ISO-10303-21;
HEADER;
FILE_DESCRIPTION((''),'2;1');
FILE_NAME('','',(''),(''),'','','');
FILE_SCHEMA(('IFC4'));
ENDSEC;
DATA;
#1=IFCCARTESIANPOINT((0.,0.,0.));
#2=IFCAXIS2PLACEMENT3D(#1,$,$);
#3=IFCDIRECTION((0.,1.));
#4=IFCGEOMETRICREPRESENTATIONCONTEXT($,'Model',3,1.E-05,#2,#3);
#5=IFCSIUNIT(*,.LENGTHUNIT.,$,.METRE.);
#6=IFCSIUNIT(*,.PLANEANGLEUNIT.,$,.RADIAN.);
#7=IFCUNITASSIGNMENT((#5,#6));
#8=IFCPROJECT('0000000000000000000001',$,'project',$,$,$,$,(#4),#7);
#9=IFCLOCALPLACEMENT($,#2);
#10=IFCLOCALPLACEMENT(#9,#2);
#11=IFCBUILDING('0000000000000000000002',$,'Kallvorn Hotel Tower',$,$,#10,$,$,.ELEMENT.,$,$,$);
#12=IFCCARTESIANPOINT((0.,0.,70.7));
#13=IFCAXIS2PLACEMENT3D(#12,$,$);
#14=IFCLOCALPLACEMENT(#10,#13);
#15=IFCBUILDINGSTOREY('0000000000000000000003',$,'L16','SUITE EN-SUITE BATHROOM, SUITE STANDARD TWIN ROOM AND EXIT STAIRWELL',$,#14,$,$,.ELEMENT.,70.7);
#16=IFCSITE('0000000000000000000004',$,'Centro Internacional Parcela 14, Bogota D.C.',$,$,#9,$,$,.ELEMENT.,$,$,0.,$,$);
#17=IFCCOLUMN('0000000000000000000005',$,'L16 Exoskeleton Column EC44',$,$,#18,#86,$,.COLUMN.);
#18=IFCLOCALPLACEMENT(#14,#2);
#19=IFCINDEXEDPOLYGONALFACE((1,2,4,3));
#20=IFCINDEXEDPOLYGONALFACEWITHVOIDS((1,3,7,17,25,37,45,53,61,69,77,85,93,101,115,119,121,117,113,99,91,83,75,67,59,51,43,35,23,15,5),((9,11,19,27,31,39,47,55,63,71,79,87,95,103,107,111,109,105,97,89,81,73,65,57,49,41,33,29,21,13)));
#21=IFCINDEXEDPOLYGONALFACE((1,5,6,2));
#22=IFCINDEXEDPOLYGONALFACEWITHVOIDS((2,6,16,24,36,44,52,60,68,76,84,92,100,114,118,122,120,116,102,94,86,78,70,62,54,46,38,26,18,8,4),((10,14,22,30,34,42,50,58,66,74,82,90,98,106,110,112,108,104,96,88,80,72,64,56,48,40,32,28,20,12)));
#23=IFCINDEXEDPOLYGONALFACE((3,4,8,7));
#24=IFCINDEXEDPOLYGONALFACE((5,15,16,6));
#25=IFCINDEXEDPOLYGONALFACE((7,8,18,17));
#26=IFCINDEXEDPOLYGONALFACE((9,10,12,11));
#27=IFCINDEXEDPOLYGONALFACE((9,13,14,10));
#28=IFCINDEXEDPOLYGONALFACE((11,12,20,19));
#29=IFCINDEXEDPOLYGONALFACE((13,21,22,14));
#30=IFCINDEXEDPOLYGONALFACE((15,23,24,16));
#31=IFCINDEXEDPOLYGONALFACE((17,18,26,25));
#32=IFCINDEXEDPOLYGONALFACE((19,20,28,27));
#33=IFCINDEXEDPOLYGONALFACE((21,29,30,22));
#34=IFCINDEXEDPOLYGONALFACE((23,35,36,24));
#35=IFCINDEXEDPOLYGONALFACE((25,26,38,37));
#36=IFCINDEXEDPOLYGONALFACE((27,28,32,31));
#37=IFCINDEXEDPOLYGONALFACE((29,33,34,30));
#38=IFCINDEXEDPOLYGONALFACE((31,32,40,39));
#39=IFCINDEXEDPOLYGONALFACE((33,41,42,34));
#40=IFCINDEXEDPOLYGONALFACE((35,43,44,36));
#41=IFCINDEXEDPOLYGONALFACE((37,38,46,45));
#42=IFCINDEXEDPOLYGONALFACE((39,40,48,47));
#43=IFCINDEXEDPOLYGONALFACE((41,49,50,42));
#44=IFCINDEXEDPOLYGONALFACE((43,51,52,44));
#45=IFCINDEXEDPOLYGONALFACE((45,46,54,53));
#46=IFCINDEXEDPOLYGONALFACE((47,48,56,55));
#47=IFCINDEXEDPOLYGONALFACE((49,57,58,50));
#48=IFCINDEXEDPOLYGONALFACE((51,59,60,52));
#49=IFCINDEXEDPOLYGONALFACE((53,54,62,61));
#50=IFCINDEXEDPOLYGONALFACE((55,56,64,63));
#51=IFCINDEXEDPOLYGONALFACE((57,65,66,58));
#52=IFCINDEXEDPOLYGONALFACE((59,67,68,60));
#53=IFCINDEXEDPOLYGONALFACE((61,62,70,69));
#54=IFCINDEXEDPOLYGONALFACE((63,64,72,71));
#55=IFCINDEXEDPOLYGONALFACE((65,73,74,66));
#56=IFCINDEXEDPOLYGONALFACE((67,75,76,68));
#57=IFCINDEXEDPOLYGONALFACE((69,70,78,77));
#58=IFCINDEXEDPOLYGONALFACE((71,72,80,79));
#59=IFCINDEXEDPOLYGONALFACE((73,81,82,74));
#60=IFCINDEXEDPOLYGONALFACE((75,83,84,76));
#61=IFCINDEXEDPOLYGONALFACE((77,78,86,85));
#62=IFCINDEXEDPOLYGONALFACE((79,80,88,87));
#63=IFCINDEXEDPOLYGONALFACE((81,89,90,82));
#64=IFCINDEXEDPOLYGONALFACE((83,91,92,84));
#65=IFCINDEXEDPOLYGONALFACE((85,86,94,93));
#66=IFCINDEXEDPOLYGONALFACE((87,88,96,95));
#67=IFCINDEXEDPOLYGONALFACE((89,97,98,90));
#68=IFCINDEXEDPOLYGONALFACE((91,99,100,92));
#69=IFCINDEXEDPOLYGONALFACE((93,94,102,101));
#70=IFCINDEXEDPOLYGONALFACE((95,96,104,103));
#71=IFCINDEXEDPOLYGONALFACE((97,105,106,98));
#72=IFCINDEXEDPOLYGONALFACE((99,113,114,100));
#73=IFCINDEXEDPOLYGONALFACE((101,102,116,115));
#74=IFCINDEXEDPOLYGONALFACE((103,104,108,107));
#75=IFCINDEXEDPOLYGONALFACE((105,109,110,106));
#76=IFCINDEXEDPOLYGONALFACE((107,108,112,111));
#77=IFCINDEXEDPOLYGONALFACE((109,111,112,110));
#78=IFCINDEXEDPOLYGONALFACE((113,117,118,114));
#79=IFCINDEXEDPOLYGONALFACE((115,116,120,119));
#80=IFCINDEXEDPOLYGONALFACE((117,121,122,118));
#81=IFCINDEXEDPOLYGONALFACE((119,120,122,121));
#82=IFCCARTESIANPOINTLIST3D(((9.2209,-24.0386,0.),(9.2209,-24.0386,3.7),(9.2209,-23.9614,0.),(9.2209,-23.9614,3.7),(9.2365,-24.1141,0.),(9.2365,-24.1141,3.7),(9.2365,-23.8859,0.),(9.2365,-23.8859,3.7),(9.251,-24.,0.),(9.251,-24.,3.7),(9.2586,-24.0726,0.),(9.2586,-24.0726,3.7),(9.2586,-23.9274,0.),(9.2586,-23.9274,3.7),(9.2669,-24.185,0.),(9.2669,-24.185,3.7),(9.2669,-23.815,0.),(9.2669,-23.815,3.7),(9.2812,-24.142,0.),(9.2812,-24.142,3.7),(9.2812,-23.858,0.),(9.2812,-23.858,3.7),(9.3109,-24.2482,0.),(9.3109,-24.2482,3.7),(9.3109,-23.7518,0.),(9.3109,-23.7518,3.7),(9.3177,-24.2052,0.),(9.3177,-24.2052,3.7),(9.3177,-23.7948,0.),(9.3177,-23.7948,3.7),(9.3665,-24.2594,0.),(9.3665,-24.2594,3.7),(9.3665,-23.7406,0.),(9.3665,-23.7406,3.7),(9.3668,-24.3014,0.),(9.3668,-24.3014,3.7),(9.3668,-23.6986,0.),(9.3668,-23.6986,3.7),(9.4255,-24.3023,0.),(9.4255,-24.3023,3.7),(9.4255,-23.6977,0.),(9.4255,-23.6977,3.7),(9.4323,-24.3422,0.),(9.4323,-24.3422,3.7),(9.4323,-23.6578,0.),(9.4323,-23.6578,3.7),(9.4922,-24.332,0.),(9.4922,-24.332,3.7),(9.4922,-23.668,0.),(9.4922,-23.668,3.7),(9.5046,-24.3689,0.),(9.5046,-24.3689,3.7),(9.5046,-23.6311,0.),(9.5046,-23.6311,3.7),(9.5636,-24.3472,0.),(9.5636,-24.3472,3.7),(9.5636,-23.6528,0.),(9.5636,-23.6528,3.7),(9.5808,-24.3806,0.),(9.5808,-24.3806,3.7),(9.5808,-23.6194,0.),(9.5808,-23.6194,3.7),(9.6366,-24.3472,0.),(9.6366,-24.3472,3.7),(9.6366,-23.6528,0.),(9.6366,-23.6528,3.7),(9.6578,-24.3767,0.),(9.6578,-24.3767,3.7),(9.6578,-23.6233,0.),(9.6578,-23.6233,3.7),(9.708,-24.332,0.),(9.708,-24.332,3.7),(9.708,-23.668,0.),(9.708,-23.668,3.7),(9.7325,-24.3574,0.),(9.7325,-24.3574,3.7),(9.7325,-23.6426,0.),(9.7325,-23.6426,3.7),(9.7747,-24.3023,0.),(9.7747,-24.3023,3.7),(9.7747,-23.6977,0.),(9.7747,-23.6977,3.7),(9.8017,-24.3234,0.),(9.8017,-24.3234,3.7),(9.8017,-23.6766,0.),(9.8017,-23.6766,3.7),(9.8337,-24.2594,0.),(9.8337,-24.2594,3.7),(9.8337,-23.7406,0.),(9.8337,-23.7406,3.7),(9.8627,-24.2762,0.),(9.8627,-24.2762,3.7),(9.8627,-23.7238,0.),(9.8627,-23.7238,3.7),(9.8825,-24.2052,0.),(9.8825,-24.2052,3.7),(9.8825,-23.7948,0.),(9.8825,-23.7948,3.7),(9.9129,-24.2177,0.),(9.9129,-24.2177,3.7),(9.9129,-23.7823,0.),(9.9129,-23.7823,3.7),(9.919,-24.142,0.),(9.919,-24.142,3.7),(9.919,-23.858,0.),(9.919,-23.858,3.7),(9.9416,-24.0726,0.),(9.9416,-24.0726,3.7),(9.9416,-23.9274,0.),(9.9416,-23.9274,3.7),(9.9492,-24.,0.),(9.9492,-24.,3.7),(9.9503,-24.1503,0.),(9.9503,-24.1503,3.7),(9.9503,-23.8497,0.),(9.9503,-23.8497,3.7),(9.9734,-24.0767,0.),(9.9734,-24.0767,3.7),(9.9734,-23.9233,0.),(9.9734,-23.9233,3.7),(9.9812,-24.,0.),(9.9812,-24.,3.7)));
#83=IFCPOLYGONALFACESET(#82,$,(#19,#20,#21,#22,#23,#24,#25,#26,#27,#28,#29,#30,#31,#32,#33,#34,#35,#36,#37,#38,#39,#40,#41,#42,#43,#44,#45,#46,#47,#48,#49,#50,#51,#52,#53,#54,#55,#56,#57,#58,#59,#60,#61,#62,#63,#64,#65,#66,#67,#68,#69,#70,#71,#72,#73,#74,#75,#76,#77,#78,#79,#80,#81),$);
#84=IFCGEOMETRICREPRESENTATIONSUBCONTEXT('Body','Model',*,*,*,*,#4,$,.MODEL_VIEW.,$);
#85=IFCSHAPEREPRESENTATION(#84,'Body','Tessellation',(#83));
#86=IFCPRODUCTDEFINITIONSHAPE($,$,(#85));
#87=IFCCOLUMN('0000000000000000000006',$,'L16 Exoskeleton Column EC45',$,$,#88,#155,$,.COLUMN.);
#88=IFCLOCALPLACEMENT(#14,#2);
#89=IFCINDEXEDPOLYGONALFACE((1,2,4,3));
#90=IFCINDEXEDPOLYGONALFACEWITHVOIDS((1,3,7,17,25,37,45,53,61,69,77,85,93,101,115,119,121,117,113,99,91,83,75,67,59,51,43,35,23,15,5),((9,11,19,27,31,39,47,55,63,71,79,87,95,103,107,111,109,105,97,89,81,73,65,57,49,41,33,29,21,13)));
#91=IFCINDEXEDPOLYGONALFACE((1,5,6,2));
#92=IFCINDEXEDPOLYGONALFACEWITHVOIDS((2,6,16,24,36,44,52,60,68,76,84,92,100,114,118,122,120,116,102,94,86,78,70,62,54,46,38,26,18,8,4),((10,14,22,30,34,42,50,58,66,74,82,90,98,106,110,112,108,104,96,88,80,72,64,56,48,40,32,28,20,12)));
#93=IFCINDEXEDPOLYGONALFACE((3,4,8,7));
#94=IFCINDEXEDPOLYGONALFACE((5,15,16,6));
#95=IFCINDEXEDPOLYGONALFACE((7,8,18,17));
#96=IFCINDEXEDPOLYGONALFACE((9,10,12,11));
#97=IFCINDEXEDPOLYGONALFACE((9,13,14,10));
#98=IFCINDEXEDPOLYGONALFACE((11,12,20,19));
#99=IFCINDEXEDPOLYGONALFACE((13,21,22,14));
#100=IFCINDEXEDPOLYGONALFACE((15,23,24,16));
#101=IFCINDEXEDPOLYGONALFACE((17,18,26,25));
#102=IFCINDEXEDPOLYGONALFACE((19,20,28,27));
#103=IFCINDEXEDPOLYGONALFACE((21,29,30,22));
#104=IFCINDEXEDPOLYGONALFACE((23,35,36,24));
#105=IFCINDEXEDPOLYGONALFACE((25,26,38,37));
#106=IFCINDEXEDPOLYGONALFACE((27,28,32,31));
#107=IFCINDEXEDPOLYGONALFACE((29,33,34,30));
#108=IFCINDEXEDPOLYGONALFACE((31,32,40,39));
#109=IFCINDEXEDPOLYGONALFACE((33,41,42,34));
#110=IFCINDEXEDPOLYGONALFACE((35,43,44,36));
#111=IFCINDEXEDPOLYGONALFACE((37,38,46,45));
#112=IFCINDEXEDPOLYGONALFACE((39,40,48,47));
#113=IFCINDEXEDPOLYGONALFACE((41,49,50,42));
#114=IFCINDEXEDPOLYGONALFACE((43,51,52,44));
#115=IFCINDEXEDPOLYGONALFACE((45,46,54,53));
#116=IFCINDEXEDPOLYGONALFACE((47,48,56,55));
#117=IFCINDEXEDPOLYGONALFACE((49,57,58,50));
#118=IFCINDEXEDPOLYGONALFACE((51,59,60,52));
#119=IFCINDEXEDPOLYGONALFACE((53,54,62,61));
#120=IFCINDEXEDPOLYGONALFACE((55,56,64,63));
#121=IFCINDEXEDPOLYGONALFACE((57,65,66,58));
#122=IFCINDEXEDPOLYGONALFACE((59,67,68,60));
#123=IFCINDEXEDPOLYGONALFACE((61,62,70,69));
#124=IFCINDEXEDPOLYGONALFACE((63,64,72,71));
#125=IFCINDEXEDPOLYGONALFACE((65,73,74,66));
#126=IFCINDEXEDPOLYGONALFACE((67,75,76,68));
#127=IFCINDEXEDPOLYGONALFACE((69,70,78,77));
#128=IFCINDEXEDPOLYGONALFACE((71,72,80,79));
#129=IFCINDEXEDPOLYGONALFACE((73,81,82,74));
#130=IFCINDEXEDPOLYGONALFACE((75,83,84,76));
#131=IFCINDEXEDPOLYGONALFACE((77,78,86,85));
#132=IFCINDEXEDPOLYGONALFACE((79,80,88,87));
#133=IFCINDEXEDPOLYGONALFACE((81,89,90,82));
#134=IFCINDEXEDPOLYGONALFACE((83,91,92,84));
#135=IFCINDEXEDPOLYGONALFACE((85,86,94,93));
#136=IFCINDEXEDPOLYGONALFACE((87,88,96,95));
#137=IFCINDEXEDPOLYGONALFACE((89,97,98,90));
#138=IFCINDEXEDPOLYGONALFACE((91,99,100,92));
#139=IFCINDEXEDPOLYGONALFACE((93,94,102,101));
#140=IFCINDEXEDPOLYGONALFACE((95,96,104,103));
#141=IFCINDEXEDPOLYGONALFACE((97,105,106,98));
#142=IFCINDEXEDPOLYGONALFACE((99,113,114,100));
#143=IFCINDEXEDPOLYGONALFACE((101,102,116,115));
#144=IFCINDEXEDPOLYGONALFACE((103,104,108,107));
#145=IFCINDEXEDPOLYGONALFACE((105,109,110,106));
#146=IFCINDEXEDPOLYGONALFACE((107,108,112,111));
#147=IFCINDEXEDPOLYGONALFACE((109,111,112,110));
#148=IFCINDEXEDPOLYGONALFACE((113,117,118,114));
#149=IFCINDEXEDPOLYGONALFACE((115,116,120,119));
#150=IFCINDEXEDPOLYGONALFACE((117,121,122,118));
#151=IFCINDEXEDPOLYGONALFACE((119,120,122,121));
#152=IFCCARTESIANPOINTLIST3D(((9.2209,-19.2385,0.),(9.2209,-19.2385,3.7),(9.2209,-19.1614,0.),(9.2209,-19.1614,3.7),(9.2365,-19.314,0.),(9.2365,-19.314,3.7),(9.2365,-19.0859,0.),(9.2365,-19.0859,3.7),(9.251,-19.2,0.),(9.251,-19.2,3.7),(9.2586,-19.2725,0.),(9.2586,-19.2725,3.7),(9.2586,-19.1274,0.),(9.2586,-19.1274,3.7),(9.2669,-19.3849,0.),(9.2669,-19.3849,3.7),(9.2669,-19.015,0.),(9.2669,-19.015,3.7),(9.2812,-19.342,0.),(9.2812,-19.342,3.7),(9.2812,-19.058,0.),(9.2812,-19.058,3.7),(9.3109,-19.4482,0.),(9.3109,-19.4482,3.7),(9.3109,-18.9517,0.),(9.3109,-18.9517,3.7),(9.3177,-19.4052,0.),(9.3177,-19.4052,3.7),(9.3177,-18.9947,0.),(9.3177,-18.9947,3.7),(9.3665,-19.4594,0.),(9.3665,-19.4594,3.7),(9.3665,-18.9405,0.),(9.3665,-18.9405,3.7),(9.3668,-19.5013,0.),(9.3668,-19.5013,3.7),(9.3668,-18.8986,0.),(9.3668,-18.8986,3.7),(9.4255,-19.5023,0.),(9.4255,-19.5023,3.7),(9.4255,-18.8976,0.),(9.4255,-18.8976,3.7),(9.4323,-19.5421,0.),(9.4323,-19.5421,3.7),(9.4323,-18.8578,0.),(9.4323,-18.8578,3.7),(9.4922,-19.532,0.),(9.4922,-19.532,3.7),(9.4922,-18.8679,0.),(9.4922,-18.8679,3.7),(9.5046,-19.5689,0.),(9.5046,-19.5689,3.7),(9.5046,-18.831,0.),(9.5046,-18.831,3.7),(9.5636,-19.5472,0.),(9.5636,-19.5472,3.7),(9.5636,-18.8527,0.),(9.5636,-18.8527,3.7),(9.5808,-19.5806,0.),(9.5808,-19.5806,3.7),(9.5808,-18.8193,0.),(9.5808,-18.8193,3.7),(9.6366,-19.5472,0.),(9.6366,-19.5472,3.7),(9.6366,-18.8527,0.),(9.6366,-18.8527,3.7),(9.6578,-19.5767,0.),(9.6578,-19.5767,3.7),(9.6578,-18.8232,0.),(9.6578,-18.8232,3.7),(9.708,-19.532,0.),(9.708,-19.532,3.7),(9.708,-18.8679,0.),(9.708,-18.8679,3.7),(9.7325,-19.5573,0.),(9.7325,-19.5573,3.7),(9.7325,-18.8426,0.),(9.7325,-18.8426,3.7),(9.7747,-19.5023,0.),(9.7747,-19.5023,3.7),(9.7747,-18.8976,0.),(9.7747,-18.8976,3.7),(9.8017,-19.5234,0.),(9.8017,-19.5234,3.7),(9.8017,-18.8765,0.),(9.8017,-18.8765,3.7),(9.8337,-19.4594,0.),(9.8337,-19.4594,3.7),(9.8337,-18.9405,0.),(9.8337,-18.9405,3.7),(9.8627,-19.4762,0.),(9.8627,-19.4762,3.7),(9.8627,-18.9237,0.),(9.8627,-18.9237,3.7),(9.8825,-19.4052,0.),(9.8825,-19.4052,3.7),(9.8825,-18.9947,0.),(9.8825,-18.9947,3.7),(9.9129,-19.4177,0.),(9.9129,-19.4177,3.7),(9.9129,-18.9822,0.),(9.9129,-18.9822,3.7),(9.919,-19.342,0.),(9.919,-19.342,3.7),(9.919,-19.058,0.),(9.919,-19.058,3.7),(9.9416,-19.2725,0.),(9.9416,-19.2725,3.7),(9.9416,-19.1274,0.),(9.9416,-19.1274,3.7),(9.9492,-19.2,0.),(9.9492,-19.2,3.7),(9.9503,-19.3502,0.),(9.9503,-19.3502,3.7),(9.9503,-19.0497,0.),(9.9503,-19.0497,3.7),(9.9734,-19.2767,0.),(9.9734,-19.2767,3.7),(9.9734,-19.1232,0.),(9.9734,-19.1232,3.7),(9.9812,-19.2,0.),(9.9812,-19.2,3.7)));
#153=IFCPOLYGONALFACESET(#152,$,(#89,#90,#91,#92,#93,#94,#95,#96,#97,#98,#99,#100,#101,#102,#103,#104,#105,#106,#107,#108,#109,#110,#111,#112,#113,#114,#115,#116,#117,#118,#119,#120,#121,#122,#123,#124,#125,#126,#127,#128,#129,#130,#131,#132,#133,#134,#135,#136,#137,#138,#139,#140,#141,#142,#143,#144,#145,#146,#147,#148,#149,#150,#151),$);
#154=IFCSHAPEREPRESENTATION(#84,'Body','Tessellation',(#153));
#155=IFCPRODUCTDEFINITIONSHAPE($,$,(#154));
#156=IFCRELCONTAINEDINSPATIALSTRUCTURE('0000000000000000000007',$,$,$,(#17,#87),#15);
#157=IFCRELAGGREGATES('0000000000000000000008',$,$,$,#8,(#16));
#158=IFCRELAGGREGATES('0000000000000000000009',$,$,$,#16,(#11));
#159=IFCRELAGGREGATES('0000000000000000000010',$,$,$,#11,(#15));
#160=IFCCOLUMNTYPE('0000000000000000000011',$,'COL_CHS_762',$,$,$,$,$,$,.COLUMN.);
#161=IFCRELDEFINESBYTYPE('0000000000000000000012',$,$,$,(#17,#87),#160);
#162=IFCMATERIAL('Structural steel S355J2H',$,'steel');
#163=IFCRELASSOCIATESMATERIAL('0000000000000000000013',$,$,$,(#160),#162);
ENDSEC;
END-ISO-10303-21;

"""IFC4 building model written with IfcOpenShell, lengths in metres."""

from ifc_helpers import new_model, si_unit, direction, frame, origin, origin_2d, place, context, subcontext, project, spatial, hollow_circle, extrude, material, material_profile, profile_set, type_object, element, save


model = new_model("IFC4")

# Units and contexts
model_context = context("Model", 3, precision=1e-05, world=origin(), true_north=direction((0.0, 1.0)))
body_context = subcontext(model_context, "Body", "Model", "MODEL_VIEW")
ifc_project = project(units=[si_unit("LENGTHUNIT", "METRE"), si_unit("PLANEANGLEUNIT", "RADIAN")], contexts=[model_context])

# Site, building, storey
site_placement = place(None, origin())
site = spatial("IfcSite", under=ifc_project, at=site_placement, Name="Centro Internacional Parcela 14, Bogota D.C.", CompositionType="ELEMENT", RefElevation=0.0)
building_placement = place(site_placement, origin())
building = spatial("IfcBuilding", under=site, at=building_placement, Name="Kallvorn Hotel Tower", CompositionType="ELEMENT")
storey_placement = place(building_placement, frame((0.0, 0.0, 70.7)))
storey = spatial("IfcBuildingStorey", under=building, at=storey_placement, Name="L16", Description="SUITE EN-SUITE BATHROOM, SUITE STANDARD TWIN ROOM AND EXIT STAIRWELL", CompositionType="ELEMENT", Elevation=70.7)

# Columns
ifc_material_1 = material(Name="Structural steel S355J2H", Category="steel")
ifc_material_profile_1 = material_profile(ifc_material_1, hollow_circle(Radius=0.3811, WallThickness=0.032, at=origin_2d()), Name="CHS 762x32")
ifc_profile_set_1 = profile_set([ifc_material_profile_1], Name="Structural steel S355J2H")
column_type_1 = type_object("IfcColumnType", Name="COL_CHS_762", PredefinedType="COLUMN", material=ifc_profile_set_1)
for number, where, z_axis, x_axis, name in (
    (1, (9.6001, -24.0, 0.0), (0.0, 0.0, 1.0), (1.0, 0.0, 0.0), "L16 Exoskeleton Column EC44"),
    (2, (9.6001, -19.2, 0.0), (0.0, 0.0, 1.0), (1.0, 0.0, 0.0), "L16 Exoskeleton Column EC45"),
):
    element("IfcColumn", number, at=place(storey_placement, frame(where, z_axis=z_axis, x_axis=x_axis)), inside=storey, type_object=column_type_1, Name=name, PredefinedType="COLUMN", context=body_context, shape_type="SweptSolid", body=[
        extrude(hollow_circle(Radius=0.3811, WallThickness=0.032, at=origin_2d()), origin(), (0.0, 0.0, 1.0), 3.7),
    ])

save(model, "model.ifc")
